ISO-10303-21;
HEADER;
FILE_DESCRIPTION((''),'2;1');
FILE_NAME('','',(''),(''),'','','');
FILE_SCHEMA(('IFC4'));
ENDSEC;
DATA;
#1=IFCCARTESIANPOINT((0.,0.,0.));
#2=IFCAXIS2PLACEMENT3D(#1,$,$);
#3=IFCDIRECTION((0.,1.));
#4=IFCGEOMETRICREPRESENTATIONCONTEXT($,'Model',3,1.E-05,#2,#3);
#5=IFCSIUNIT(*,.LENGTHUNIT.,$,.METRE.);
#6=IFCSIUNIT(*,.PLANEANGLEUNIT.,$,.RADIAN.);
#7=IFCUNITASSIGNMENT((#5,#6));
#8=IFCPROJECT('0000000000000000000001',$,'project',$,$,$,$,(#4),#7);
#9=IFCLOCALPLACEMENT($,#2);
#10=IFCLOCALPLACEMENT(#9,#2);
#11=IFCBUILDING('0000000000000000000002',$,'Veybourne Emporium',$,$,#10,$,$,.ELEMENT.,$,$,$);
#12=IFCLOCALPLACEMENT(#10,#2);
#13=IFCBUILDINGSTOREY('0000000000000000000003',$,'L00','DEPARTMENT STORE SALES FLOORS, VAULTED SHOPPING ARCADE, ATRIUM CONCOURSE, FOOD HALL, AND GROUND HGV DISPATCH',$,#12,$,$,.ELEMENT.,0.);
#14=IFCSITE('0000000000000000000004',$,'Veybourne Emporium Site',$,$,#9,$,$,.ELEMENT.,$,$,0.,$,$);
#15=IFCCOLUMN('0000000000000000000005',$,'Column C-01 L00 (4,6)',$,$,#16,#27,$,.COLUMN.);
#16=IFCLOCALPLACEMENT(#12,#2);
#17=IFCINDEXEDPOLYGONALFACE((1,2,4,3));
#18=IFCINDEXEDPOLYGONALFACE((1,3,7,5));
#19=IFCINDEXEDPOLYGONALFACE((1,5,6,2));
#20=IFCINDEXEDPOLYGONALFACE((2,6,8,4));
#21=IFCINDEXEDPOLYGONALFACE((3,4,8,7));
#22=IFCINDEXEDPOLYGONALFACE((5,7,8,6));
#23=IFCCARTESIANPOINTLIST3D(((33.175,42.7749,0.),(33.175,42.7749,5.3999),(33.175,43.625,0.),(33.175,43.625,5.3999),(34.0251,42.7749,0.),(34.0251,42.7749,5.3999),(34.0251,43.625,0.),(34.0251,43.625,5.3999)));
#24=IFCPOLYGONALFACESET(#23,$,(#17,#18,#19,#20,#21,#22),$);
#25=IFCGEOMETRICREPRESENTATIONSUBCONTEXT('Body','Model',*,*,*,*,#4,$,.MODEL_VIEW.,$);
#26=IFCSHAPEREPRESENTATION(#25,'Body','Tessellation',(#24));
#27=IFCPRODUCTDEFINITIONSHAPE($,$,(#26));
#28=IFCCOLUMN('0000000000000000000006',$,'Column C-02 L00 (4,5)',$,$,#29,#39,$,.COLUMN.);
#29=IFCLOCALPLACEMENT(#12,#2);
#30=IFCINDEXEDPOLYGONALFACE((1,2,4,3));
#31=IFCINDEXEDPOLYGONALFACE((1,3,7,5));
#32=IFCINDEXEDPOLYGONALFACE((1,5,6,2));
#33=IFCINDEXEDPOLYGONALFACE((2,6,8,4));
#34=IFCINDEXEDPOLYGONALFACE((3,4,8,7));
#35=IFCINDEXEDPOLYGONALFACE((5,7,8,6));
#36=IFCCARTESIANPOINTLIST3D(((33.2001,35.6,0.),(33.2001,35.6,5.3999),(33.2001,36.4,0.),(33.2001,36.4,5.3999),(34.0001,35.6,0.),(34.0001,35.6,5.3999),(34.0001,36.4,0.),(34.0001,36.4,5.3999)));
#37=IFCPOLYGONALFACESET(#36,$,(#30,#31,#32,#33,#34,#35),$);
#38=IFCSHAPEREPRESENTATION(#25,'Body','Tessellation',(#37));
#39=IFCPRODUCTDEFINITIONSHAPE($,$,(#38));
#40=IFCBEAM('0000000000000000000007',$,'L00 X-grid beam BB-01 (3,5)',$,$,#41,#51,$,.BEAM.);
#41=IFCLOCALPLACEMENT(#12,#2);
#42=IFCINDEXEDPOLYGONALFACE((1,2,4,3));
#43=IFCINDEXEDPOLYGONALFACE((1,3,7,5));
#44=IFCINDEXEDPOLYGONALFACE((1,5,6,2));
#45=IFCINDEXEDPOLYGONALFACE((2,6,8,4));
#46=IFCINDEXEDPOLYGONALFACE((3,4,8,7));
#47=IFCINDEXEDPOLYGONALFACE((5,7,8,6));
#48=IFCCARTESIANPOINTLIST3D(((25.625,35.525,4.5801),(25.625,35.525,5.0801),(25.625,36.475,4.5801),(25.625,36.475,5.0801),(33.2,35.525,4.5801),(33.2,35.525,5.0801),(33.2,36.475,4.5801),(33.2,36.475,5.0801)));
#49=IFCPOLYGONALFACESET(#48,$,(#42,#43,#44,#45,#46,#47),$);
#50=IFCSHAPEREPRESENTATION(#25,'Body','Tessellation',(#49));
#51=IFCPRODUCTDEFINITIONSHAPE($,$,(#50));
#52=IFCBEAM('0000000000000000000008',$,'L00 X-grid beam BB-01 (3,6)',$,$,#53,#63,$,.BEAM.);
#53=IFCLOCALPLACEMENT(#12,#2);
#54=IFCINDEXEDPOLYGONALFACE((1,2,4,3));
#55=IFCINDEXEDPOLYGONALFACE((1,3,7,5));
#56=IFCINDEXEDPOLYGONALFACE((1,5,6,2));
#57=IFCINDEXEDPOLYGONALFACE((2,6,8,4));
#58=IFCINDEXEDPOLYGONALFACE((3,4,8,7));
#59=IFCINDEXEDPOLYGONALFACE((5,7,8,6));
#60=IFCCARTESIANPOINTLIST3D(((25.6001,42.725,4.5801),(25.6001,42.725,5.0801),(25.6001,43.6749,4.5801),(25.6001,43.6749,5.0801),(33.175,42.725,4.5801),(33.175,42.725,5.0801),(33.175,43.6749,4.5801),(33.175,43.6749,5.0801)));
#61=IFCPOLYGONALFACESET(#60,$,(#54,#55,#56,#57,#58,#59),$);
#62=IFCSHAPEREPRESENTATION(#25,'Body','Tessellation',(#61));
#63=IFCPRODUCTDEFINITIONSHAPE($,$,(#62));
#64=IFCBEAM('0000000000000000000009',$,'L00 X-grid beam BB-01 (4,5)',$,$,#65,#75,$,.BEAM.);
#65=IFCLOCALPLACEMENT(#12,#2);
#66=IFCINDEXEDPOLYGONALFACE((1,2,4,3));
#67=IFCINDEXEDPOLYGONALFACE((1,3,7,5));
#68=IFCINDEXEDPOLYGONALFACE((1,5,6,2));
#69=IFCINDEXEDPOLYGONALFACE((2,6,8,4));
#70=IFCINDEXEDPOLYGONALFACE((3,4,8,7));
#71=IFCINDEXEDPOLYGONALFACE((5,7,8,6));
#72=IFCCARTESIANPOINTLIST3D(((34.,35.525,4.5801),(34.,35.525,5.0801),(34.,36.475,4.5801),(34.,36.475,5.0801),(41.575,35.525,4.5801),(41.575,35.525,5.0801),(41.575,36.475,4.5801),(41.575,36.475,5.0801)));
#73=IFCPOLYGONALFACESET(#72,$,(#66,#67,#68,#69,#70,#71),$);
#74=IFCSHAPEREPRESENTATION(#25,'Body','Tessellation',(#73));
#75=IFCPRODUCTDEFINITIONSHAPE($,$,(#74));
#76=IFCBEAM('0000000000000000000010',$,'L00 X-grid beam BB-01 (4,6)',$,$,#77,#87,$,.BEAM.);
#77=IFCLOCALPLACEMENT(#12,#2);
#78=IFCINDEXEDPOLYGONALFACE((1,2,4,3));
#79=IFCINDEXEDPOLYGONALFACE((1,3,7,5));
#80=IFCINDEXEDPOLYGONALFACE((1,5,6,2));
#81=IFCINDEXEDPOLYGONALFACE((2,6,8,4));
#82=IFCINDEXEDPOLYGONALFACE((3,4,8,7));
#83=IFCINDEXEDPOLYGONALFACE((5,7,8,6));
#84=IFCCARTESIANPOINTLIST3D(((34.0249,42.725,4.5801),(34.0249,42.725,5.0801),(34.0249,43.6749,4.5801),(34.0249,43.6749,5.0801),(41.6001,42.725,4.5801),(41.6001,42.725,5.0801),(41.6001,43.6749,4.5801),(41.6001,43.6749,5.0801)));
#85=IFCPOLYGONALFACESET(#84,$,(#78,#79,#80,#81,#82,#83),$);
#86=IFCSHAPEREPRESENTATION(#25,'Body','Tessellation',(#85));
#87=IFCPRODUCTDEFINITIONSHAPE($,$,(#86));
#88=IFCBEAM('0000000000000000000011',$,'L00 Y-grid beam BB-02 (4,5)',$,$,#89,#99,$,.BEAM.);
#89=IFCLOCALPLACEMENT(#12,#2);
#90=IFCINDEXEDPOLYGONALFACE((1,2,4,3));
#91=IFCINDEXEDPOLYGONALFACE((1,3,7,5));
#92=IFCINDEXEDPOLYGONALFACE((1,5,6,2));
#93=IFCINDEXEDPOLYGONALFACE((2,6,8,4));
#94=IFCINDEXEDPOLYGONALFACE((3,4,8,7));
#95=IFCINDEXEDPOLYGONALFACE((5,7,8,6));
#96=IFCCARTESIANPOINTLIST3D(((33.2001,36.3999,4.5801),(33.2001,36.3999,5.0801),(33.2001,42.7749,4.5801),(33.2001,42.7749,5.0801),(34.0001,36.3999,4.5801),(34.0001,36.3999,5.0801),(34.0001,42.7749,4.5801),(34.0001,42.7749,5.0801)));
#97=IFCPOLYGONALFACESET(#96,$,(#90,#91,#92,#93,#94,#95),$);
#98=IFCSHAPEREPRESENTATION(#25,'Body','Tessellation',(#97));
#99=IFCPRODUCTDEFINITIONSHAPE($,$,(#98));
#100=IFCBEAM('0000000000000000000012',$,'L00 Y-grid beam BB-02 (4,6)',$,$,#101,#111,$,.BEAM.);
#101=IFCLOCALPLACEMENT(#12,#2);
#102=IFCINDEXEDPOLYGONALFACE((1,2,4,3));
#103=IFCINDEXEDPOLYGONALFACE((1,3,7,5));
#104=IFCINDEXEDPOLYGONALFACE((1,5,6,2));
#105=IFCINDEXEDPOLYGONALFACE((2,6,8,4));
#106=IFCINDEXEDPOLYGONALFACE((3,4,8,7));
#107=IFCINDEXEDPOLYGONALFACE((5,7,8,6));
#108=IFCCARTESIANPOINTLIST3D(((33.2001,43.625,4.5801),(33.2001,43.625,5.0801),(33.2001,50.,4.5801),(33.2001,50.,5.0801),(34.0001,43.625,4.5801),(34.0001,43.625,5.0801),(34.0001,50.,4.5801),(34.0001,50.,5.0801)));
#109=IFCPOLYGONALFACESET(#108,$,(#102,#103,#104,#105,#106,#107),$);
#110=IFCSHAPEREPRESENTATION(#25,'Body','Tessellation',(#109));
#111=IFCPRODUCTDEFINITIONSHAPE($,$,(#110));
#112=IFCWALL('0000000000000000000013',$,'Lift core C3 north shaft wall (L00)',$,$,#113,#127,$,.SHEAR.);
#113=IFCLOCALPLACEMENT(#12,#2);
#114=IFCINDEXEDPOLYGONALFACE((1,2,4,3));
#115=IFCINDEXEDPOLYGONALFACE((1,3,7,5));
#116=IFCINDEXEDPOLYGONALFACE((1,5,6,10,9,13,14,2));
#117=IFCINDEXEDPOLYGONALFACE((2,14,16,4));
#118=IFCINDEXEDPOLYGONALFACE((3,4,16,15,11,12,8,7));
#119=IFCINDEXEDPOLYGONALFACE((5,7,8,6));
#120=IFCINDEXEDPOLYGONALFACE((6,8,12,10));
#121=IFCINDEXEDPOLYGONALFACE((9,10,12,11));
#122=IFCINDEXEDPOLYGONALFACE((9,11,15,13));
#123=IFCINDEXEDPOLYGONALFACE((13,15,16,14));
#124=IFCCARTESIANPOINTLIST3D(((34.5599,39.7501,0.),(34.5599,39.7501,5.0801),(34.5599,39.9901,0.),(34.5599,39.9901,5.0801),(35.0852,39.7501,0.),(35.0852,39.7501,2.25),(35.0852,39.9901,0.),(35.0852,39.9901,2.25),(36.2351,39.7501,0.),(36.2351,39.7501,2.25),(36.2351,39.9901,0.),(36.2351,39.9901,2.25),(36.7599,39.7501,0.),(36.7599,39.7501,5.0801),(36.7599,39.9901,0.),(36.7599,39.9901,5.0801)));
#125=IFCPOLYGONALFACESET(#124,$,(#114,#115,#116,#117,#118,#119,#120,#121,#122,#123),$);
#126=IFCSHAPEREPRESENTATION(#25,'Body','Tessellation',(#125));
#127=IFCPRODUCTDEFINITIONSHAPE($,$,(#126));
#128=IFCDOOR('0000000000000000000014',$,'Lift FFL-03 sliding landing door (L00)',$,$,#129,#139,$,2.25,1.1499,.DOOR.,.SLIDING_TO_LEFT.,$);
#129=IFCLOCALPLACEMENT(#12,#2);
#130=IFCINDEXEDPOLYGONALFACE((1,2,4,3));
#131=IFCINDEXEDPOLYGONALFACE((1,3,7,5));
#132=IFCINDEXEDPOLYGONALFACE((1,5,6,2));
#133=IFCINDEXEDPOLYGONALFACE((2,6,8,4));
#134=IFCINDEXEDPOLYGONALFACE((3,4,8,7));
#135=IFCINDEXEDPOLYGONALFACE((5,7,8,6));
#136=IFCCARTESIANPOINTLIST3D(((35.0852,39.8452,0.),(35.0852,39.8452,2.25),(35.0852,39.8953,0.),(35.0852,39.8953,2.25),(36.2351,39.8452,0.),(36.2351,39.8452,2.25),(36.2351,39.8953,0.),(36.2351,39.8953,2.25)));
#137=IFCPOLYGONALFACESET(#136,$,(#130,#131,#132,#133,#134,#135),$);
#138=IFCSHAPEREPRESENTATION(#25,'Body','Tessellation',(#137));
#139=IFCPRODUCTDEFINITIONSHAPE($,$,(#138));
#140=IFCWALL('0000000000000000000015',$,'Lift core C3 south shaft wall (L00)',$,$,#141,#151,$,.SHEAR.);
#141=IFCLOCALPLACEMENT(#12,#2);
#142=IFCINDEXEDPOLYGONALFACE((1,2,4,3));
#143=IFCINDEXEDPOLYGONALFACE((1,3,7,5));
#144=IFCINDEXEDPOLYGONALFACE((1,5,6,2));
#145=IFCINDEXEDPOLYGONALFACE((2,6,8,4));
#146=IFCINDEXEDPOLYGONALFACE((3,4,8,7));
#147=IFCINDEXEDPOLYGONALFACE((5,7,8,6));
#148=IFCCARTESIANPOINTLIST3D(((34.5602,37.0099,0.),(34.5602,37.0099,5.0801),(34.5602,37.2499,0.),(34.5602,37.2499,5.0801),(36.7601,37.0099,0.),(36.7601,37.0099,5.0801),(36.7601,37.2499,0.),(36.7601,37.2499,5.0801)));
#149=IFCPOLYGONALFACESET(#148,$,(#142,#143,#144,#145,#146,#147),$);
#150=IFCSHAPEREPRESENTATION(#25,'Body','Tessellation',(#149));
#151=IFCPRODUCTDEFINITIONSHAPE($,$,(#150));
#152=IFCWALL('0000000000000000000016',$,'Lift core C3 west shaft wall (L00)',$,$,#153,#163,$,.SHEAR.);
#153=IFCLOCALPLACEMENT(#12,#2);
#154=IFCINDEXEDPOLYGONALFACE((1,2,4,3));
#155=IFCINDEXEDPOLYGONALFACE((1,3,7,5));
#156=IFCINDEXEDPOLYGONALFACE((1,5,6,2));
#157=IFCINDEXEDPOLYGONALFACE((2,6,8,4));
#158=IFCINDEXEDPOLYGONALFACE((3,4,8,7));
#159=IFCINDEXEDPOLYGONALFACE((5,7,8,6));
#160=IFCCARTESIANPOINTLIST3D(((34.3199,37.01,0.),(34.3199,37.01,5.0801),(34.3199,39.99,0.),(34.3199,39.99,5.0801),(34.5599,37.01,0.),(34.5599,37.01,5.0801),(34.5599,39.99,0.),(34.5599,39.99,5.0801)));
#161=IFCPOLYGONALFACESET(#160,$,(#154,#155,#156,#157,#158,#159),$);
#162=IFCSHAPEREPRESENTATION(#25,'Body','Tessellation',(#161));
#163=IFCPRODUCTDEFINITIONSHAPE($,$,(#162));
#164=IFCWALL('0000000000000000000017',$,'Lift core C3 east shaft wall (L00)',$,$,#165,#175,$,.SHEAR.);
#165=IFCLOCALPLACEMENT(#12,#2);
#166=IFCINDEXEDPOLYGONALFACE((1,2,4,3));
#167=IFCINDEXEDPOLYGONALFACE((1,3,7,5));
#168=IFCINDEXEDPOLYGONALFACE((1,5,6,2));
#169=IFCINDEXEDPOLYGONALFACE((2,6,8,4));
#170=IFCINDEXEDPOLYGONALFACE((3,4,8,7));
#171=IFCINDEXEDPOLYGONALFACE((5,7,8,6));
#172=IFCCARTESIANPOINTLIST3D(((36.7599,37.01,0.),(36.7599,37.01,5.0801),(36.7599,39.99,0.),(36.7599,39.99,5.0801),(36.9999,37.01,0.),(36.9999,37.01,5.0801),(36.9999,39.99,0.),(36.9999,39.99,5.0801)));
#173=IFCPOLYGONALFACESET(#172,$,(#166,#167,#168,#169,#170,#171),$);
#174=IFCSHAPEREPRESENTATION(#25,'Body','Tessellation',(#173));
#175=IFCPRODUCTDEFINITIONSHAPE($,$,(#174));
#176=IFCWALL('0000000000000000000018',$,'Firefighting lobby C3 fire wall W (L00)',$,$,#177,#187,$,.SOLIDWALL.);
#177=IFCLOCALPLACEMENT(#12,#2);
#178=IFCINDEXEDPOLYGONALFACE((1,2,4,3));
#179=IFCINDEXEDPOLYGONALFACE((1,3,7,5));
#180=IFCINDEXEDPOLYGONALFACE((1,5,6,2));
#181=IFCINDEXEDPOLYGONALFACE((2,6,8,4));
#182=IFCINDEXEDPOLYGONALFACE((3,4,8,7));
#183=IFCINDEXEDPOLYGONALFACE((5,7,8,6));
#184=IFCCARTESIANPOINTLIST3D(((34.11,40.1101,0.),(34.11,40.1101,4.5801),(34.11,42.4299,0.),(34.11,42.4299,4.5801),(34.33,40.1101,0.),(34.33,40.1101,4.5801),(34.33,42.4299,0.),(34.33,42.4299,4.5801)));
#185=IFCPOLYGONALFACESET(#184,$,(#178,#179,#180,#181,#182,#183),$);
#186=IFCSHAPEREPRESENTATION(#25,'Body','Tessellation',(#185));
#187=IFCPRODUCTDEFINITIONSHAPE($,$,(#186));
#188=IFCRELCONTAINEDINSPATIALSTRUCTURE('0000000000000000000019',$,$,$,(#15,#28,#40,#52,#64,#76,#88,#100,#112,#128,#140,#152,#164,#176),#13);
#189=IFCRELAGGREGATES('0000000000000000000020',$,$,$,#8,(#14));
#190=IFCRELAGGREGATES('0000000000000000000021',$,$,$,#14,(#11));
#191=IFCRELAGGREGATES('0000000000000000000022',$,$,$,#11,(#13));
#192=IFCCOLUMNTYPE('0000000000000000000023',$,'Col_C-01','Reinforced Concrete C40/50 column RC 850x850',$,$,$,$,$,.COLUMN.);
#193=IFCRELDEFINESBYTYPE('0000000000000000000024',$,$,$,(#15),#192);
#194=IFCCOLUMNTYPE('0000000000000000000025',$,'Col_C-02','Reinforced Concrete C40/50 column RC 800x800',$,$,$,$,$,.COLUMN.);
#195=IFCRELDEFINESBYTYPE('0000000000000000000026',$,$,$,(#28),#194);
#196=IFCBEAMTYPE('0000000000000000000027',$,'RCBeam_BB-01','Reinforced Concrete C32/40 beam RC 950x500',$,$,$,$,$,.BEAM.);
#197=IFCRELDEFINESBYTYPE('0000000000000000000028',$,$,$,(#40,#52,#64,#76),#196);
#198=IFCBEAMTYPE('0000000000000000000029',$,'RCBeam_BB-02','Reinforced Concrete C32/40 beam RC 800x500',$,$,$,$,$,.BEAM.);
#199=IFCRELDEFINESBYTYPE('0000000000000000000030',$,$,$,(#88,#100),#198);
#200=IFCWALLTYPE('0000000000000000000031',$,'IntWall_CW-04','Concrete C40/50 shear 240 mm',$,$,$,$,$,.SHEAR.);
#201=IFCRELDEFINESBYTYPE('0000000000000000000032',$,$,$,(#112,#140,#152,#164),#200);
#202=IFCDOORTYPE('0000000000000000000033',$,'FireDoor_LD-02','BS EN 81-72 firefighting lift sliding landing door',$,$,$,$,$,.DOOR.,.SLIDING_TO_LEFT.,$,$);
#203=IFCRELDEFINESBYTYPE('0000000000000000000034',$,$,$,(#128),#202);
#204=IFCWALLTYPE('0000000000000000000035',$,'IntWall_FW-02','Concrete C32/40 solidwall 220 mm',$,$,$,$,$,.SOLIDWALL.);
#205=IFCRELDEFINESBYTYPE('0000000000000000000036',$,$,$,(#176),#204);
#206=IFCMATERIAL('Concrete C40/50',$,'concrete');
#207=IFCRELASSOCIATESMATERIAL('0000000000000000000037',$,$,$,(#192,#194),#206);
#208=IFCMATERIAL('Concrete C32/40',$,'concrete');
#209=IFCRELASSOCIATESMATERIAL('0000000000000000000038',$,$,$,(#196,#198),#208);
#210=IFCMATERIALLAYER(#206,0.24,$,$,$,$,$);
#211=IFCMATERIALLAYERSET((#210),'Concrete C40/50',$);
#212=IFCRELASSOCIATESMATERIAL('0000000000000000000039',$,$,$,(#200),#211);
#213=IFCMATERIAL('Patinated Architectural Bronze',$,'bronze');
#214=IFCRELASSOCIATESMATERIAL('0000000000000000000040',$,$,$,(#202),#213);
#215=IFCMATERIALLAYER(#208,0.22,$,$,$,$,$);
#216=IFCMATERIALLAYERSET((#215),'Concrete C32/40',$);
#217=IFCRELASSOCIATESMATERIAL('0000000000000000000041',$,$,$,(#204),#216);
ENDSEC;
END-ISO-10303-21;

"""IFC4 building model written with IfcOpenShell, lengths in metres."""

from ifc_helpers import new_model, si_unit, direction, frame, frame_2d, origin, origin_2d, place, context, subcontext, project, spatial, rectangle, extrude, material, layer, layer_set, material_profile, profile_set, type_object, element, fill, save


model = new_model("IFC4")

# Units and contexts
model_context = context("Model", 3, precision=1e-05, world=origin(), true_north=direction((0.0, 1.0)))
body_context = subcontext(model_context, "Body", "Model", "MODEL_VIEW")
ifc_project = project(units=[si_unit("LENGTHUNIT", "METRE"), si_unit("PLANEANGLEUNIT", "RADIAN")], contexts=[model_context])

# Site, building, storey
site_placement = place(None, origin())
site = spatial("IfcSite", under=ifc_project, at=site_placement, Name="Veybourne Emporium Site", CompositionType="ELEMENT", RefElevation=0.0)
building_placement = place(site_placement, origin())
building = spatial("IfcBuilding", under=site, at=building_placement, Name="Veybourne Emporium", CompositionType="ELEMENT")
storey_placement = place(building_placement, origin())
storey = spatial("IfcBuildingStorey", under=building, at=storey_placement, Name="L00", Description="DEPARTMENT STORE SALES FLOORS, VAULTED SHOPPING ARCADE, ATRIUM CONCOURSE, FOOD HALL, AND GROUND HGV DISPATCH", CompositionType="ELEMENT", Elevation=0.0)

# Columns
ifc_material_1 = material(Name="Concrete C40/50", Category="concrete")
ifc_material_profile_1 = material_profile(ifc_material_1, rectangle(XDim=0.8501, YDim=0.8501, at=origin_2d()), Name="RC 850x850")
ifc_profile_set_1 = profile_set([ifc_material_profile_1], Name="Concrete C40/50")
column_type_1 = type_object("IfcColumnType", Name="Col_C-01", Description="Reinforced Concrete C40/50 column RC 850x850", PredefinedType="COLUMN", material=ifc_profile_set_1)
column_1_placement = place(storey_placement, frame((33.6001, 43.2, 0.0), z_axis=(0.0, 0.0, 1.0), x_axis=(1.0, 0.0, 0.0)))
element("IfcColumn", 1, at=column_1_placement, inside=storey, type_object=column_type_1, Name="Column C-01 L00 (4,6)", PredefinedType="COLUMN", context=body_context, shape_type="SweptSolid", body=[
    extrude(rectangle(XDim=0.8501, YDim=0.8501, at=origin_2d()), origin(), (0.0, 0.0, 1.0), 5.3999),
])
ifc_material_profile_2 = material_profile(ifc_material_1, rectangle(XDim=0.8, YDim=0.8, at=origin_2d()), Name="RC 800x800")
ifc_profile_set_2 = profile_set([ifc_material_profile_2], Name="Concrete C40/50")
column_type_2 = type_object("IfcColumnType", Name="Col_C-02", Description="Reinforced Concrete C40/50 column RC 800x800", PredefinedType="COLUMN", material=ifc_profile_set_2)
column_2_placement = place(storey_placement, frame((33.6001, 36.0, 0.0), z_axis=(0.0, 0.0, 1.0), x_axis=(1.0, 0.0, 0.0)))
element("IfcColumn", 2, at=column_2_placement, inside=storey, type_object=column_type_2, Name="Column C-02 L00 (4,5)", PredefinedType="COLUMN", context=body_context, shape_type="SweptSolid", body=[
    extrude(rectangle(XDim=0.8, YDim=0.8, at=origin_2d()), origin(), (0.0, 0.0, 1.0), 5.3999),
])

# Beams
ifc_material_2 = material(Name="Concrete C32/40", Category="concrete")
ifc_material_profile_3 = material_profile(ifc_material_2, rectangle(XDim=0.95, YDim=0.5, at=origin_2d()), Name="RC 950x500")
ifc_profile_set_3 = profile_set([ifc_material_profile_3], Name="Concrete C32/40")
beam_type_1 = type_object("IfcBeamType", Name="RCBeam_BB-01", Description="Reinforced Concrete C32/40 beam RC 950x500", PredefinedType="BEAM", material=ifc_profile_set_3)
for number, where, z_axis, x_axis, name in (
    (3, (25.625, 36.0, 4.8301), (1.0, 0.0, 0.0), (0.0, 1.0, 0.0), "L00 X-grid beam BB-01 (3,5)"),
    (4, (25.6001, 43.2, 4.8301), (1.0, 0.0, 0.0), (0.0, 1.0, 0.0), "L00 X-grid beam BB-01 (3,6)"),
    (5, (34.0, 36.0, 4.8301), (1.0, 0.0, 0.0), (0.0, 1.0, 0.0), "L00 X-grid beam BB-01 (4,5)"),
):
    element("IfcBeam", number, at=place(storey_placement, frame(where, z_axis=z_axis, x_axis=x_axis)), inside=storey, type_object=beam_type_1, Name=name, PredefinedType="BEAM", context=body_context, shape_type="SweptSolid", body=[
        extrude(rectangle(XDim=0.95, YDim=0.5, at=origin_2d()), origin(), (0.0, 0.0, 1.0), 7.575),
    ])
beam_placement = place(storey_placement, frame((34.0249, 43.2, 4.8301), z_axis=(1.0, 0.0, 0.0), x_axis=(0.0, 1.0, 0.0)))
element("IfcBeam", 6, at=beam_placement, inside=storey, type_object=beam_type_1, Name="L00 X-grid beam BB-01 (4,6)", PredefinedType="BEAM", context=body_context, shape_type="SweptSolid", body=[
    extrude(rectangle(XDim=0.95, YDim=0.5, at=origin_2d()), origin(), (0.0, 0.0, 1.0), 7.5752),
])
ifc_material_profile_4 = material_profile(ifc_material_2, rectangle(XDim=0.8, YDim=0.5, at=origin_2d()), Name="RC 800x500")
ifc_profile_set_4 = profile_set([ifc_material_profile_4], Name="Concrete C32/40")
beam_type_2 = type_object("IfcBeamType", Name="RCBeam_BB-02", Description="Reinforced Concrete C32/40 beam RC 800x500", PredefinedType="BEAM", material=ifc_profile_set_4)
for number, where, z_axis, x_axis, name in (
    (7, (33.6001, 36.3999, 4.8301), (0.0, 1.0, 0.0), (-1.0, 0.0, 0.0), "L00 Y-grid beam BB-02 (4,5)"),
    (8, (33.6001, 43.625, 4.8301), (0.0, 1.0, 0.0), (-1.0, 0.0, 0.0), "L00 Y-grid beam BB-02 (4,6)"),
):
    element("IfcBeam", number, at=place(storey_placement, frame(where, z_axis=z_axis, x_axis=x_axis)), inside=storey, type_object=beam_type_2, Name=name, PredefinedType="BEAM", context=body_context, shape_type="SweptSolid", body=[
        extrude(rectangle(XDim=0.8, YDim=0.5, at=origin_2d()), origin(), (0.0, 0.0, 1.0), 6.375),
    ])

# Wall, opening, door
ifc_layer_1 = layer(ifc_material_1, 0.24)
ifc_layer_set_1 = layer_set([ifc_layer_1], Name="Concrete C40/50")
wall_type_1 = type_object("IfcWallType", Name="IntWall_CW-04", Description="Concrete C40/50 shear 240 mm", PredefinedType="SHEAR", material=ifc_layer_set_1)
wall_1_placement = place(storey_placement, frame((36.76, 39.8701, 0.0), z_axis=(0.0, 0.0, 1.0), x_axis=(-1.0, 0.0, 0.0)))
wall_1 = element("IfcWall", 9, at=wall_1_placement, inside=storey, type_object=wall_type_1, Name="Lift core C3 north shaft wall (L00)", PredefinedType="SHEAR", context=body_context, shape_type="SweptSolid", body=[
    extrude(rectangle(XDim=2.2, YDim=0.24, at=frame_2d((1.1001, 0.0))), origin(), (0.0, 0.0, 1.0), 5.0801),
])
opening_1_placement = place(wall_1_placement, frame((0.5249, 0.0, 0.0)))
opening_1 = element("IfcOpeningElement", 10, at=opening_1_placement, cuts=wall_1, PredefinedType="OPENING", context=body_context, shape_type="SweptSolid", body=[
    extrude(rectangle(XDim=1.1499, YDim=2.25, at=frame_2d((0.575, 1.125))), frame((0.0, 0.1401, 0.0), z_axis=(0.0, -1.0, 0.0), x_axis=(1.0, 0.0, 0.0)), (0.0, 0.0, 1.0), 0.28),
])
ifc_material_3 = material(Name="Patinated Architectural Bronze", Category="bronze")
door_type_1 = type_object("IfcDoorType", Name="FireDoor_LD-02", Description="BS EN 81-72 firefighting lift sliding landing door", OperationType="SLIDING_TO_LEFT", PredefinedType="DOOR", material=ifc_material_3)
door_1_placement = place(opening_1_placement, origin())
door_1 = element("IfcDoor", 11, at=door_1_placement, inside=storey, type_object=door_type_1, Name="Lift FFL-03 sliding landing door (L00)", OperationType="SLIDING_TO_LEFT", OverallHeight=2.25, OverallWidth=1.1499, PredefinedType="DOOR", context=body_context, shape_type="SweptSolid", body=[
    extrude(rectangle(XDim=1.1499, YDim=2.25, at=frame_2d((0.575, 1.125))), frame((0.0, 0.0249, 0.0), z_axis=(0.0, -1.0, 0.0), x_axis=(1.0, 0.0, 0.0)), (0.0, 0.0, 1.0), 0.05),
])
fill(opening_1, door_1)

# Walls
wall_2_placement = place(storey_placement, frame((34.5601, 37.1299, 0.0), z_axis=(0.0, 0.0, 1.0), x_axis=(1.0, 0.0, 0.0)))
element("IfcWall", 12, at=wall_2_placement, inside=storey, type_object=wall_type_1, Name="Lift core C3 south shaft wall (L00)", PredefinedType="SHEAR", context=body_context, shape_type="SweptSolid", body=[
    extrude(rectangle(XDim=2.2, YDim=0.24, at=frame_2d((1.1001, 0.0))), origin(), (0.0, 0.0, 1.0), 5.0801),
])
for number, where, z_axis, x_axis, name in (
    (13, (34.4399, 39.99, 0.0), (0.0, 0.0, 1.0), (0.0, -1.0, 0.0), "Lift core C3 west shaft wall (L00)"),
    (14, (36.8799, 37.01, 0.0), (0.0, 0.0, 1.0), (0.0, 1.0, 0.0), "Lift core C3 east shaft wall (L00)"),
):
    element("IfcWall", number, at=place(storey_placement, frame(where, z_axis=z_axis, x_axis=x_axis)), inside=storey, type_object=wall_type_1, Name=name, PredefinedType="SHEAR", context=body_context, shape_type="SweptSolid", body=[
        extrude(rectangle(XDim=2.98, YDim=0.24, at=frame_2d((1.49, 0.0))), origin(), (0.0, 0.0, 1.0), 5.0801),
    ])

# Shared definitions
ifc_layer_2 = layer(ifc_material_2, 0.22)
ifc_layer_set_2 = layer_set([ifc_layer_2], Name="Concrete C32/40")
wall_type_2 = type_object("IfcWallType", Name="IntWall_FW-02", Description="Concrete C32/40 solidwall 220 mm", PredefinedType="SOLIDWALL", material=ifc_layer_set_2)

# Wall
wall_3_placement = place(storey_placement, frame((34.22, 40.1101, 0.0), z_axis=(0.0, 0.0, 1.0), x_axis=(0.0, 1.0, 0.0)))
element("IfcWall", 15, at=wall_3_placement, inside=storey, type_object=wall_type_2, Name="Firefighting lobby C3 fire wall W (L00)", PredefinedType="SOLIDWALL", context=body_context, shape_type="SweptSolid", body=[
    extrude(rectangle(XDim=2.3198, YDim=0.22, at=frame_2d((1.1599, 0.0))), origin(), (0.0, 0.0, 1.0), 4.5801),
])

save(model, "model.ifc")
